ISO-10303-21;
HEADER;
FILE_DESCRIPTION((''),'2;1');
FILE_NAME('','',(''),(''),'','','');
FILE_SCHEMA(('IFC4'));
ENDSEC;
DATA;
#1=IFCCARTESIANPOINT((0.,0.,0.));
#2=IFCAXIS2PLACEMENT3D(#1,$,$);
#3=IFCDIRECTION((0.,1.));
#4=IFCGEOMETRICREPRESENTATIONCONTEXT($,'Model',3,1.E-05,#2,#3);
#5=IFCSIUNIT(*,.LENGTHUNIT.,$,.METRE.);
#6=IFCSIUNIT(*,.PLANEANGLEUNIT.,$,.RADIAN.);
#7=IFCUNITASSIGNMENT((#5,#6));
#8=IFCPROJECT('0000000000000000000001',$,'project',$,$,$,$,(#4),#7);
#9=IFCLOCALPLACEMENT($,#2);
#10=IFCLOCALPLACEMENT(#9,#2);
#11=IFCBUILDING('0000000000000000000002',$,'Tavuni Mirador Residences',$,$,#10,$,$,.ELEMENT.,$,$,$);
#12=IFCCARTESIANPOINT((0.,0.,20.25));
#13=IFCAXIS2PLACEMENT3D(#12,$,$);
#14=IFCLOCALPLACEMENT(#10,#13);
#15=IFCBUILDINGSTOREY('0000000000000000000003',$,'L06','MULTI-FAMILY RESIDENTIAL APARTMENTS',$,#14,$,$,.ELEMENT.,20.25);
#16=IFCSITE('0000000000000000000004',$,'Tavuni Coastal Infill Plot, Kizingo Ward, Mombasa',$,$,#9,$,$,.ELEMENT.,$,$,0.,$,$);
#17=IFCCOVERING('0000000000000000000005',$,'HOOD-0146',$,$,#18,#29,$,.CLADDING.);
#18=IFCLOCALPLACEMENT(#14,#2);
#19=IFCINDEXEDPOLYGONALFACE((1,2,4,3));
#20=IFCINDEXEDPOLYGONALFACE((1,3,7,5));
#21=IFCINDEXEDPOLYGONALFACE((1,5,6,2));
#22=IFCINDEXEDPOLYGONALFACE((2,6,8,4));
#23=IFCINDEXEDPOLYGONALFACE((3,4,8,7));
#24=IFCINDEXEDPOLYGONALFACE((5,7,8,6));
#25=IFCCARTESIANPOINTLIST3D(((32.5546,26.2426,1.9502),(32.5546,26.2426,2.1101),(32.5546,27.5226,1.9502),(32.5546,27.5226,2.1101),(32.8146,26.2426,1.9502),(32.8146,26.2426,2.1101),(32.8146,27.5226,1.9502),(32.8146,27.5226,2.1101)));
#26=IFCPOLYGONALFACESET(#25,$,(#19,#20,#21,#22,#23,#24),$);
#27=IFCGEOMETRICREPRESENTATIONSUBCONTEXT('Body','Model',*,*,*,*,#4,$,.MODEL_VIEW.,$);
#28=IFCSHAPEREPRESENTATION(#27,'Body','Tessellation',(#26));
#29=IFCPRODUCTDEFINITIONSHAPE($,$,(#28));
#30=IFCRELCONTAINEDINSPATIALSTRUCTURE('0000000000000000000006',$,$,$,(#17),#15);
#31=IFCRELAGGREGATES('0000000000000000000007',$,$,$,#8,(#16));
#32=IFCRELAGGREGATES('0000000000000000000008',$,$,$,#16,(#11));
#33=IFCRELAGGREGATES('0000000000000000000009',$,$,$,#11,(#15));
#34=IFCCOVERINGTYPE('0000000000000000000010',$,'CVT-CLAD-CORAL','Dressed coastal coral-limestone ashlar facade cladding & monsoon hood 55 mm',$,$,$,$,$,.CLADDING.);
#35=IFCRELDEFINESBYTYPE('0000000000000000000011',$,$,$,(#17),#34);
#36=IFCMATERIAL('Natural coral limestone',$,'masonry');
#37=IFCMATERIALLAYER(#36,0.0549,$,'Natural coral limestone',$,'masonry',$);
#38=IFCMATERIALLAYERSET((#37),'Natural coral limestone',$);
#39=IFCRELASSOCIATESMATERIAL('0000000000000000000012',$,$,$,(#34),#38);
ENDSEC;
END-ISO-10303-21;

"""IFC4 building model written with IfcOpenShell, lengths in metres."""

from ifc_helpers import new_model, si_unit, direction, frame, origin, origin_2d, place, context, subcontext, project, spatial, rectangle, extrude, material, layer, layer_set, type_object, element, save


model = new_model("IFC4")

# Units and contexts
model_context = context("Model", 3, precision=1e-05, world=origin(), true_north=direction((0.0, 1.0)))
body_context = subcontext(model_context, "Body", "Model", "MODEL_VIEW")
ifc_project = project(units=[si_unit("LENGTHUNIT", "METRE"), si_unit("PLANEANGLEUNIT", "RADIAN")], contexts=[model_context])

# Site, building, storey
site_placement = place(None, origin())
site = spatial("IfcSite", under=ifc_project, at=site_placement, Name="Tavuni Coastal Infill Plot, Kizingo Ward, Mombasa", CompositionType="ELEMENT", RefElevation=0.0)
building_placement = place(site_placement, origin())
building = spatial("IfcBuilding", under=site, at=building_placement, Name="Tavuni Mirador Residences", CompositionType="ELEMENT")
storey_placement = place(building_placement, frame((0.0, 0.0, 20.25)))
storey = spatial("IfcBuildingStorey", under=building, at=storey_placement, Name="L06", Description="MULTI-FAMILY RESIDENTIAL APARTMENTS", CompositionType="ELEMENT", Elevation=20.25)

# Covering
ifc_material_1 = material(Name="Natural coral limestone", Category="masonry")
ifc_layer_1 = layer(ifc_material_1, 0.0549, Name="Natural coral limestone", Category="masonry")
ifc_layer_set_1 = layer_set([ifc_layer_1], Name="Natural coral limestone")
covering_type = type_object("IfcCoveringType", Name="CVT-CLAD-CORAL", Description="Dressed coastal coral-limestone ashlar facade cladding & monsoon hood 55 mm", PredefinedType="CLADDING", material=ifc_layer_set_1)
covering_placement = place(storey_placement, frame((32.6846, 26.8826, 1.9502), z_axis=(0.0, 0.0, 1.0), x_axis=(0.0, 1.0, 0.0)))
element("IfcCovering", 1, at=covering_placement, inside=storey, type_object=covering_type, Name="HOOD-0146", PredefinedType="CLADDING", context=body_context, shape_type="SweptSolid", body=[
    extrude(rectangle(XDim=1.28, YDim=0.26, at=origin_2d()), origin(), (0.0, 0.0, 1.0), 0.1599),
])

save(model, "model.ifc")
